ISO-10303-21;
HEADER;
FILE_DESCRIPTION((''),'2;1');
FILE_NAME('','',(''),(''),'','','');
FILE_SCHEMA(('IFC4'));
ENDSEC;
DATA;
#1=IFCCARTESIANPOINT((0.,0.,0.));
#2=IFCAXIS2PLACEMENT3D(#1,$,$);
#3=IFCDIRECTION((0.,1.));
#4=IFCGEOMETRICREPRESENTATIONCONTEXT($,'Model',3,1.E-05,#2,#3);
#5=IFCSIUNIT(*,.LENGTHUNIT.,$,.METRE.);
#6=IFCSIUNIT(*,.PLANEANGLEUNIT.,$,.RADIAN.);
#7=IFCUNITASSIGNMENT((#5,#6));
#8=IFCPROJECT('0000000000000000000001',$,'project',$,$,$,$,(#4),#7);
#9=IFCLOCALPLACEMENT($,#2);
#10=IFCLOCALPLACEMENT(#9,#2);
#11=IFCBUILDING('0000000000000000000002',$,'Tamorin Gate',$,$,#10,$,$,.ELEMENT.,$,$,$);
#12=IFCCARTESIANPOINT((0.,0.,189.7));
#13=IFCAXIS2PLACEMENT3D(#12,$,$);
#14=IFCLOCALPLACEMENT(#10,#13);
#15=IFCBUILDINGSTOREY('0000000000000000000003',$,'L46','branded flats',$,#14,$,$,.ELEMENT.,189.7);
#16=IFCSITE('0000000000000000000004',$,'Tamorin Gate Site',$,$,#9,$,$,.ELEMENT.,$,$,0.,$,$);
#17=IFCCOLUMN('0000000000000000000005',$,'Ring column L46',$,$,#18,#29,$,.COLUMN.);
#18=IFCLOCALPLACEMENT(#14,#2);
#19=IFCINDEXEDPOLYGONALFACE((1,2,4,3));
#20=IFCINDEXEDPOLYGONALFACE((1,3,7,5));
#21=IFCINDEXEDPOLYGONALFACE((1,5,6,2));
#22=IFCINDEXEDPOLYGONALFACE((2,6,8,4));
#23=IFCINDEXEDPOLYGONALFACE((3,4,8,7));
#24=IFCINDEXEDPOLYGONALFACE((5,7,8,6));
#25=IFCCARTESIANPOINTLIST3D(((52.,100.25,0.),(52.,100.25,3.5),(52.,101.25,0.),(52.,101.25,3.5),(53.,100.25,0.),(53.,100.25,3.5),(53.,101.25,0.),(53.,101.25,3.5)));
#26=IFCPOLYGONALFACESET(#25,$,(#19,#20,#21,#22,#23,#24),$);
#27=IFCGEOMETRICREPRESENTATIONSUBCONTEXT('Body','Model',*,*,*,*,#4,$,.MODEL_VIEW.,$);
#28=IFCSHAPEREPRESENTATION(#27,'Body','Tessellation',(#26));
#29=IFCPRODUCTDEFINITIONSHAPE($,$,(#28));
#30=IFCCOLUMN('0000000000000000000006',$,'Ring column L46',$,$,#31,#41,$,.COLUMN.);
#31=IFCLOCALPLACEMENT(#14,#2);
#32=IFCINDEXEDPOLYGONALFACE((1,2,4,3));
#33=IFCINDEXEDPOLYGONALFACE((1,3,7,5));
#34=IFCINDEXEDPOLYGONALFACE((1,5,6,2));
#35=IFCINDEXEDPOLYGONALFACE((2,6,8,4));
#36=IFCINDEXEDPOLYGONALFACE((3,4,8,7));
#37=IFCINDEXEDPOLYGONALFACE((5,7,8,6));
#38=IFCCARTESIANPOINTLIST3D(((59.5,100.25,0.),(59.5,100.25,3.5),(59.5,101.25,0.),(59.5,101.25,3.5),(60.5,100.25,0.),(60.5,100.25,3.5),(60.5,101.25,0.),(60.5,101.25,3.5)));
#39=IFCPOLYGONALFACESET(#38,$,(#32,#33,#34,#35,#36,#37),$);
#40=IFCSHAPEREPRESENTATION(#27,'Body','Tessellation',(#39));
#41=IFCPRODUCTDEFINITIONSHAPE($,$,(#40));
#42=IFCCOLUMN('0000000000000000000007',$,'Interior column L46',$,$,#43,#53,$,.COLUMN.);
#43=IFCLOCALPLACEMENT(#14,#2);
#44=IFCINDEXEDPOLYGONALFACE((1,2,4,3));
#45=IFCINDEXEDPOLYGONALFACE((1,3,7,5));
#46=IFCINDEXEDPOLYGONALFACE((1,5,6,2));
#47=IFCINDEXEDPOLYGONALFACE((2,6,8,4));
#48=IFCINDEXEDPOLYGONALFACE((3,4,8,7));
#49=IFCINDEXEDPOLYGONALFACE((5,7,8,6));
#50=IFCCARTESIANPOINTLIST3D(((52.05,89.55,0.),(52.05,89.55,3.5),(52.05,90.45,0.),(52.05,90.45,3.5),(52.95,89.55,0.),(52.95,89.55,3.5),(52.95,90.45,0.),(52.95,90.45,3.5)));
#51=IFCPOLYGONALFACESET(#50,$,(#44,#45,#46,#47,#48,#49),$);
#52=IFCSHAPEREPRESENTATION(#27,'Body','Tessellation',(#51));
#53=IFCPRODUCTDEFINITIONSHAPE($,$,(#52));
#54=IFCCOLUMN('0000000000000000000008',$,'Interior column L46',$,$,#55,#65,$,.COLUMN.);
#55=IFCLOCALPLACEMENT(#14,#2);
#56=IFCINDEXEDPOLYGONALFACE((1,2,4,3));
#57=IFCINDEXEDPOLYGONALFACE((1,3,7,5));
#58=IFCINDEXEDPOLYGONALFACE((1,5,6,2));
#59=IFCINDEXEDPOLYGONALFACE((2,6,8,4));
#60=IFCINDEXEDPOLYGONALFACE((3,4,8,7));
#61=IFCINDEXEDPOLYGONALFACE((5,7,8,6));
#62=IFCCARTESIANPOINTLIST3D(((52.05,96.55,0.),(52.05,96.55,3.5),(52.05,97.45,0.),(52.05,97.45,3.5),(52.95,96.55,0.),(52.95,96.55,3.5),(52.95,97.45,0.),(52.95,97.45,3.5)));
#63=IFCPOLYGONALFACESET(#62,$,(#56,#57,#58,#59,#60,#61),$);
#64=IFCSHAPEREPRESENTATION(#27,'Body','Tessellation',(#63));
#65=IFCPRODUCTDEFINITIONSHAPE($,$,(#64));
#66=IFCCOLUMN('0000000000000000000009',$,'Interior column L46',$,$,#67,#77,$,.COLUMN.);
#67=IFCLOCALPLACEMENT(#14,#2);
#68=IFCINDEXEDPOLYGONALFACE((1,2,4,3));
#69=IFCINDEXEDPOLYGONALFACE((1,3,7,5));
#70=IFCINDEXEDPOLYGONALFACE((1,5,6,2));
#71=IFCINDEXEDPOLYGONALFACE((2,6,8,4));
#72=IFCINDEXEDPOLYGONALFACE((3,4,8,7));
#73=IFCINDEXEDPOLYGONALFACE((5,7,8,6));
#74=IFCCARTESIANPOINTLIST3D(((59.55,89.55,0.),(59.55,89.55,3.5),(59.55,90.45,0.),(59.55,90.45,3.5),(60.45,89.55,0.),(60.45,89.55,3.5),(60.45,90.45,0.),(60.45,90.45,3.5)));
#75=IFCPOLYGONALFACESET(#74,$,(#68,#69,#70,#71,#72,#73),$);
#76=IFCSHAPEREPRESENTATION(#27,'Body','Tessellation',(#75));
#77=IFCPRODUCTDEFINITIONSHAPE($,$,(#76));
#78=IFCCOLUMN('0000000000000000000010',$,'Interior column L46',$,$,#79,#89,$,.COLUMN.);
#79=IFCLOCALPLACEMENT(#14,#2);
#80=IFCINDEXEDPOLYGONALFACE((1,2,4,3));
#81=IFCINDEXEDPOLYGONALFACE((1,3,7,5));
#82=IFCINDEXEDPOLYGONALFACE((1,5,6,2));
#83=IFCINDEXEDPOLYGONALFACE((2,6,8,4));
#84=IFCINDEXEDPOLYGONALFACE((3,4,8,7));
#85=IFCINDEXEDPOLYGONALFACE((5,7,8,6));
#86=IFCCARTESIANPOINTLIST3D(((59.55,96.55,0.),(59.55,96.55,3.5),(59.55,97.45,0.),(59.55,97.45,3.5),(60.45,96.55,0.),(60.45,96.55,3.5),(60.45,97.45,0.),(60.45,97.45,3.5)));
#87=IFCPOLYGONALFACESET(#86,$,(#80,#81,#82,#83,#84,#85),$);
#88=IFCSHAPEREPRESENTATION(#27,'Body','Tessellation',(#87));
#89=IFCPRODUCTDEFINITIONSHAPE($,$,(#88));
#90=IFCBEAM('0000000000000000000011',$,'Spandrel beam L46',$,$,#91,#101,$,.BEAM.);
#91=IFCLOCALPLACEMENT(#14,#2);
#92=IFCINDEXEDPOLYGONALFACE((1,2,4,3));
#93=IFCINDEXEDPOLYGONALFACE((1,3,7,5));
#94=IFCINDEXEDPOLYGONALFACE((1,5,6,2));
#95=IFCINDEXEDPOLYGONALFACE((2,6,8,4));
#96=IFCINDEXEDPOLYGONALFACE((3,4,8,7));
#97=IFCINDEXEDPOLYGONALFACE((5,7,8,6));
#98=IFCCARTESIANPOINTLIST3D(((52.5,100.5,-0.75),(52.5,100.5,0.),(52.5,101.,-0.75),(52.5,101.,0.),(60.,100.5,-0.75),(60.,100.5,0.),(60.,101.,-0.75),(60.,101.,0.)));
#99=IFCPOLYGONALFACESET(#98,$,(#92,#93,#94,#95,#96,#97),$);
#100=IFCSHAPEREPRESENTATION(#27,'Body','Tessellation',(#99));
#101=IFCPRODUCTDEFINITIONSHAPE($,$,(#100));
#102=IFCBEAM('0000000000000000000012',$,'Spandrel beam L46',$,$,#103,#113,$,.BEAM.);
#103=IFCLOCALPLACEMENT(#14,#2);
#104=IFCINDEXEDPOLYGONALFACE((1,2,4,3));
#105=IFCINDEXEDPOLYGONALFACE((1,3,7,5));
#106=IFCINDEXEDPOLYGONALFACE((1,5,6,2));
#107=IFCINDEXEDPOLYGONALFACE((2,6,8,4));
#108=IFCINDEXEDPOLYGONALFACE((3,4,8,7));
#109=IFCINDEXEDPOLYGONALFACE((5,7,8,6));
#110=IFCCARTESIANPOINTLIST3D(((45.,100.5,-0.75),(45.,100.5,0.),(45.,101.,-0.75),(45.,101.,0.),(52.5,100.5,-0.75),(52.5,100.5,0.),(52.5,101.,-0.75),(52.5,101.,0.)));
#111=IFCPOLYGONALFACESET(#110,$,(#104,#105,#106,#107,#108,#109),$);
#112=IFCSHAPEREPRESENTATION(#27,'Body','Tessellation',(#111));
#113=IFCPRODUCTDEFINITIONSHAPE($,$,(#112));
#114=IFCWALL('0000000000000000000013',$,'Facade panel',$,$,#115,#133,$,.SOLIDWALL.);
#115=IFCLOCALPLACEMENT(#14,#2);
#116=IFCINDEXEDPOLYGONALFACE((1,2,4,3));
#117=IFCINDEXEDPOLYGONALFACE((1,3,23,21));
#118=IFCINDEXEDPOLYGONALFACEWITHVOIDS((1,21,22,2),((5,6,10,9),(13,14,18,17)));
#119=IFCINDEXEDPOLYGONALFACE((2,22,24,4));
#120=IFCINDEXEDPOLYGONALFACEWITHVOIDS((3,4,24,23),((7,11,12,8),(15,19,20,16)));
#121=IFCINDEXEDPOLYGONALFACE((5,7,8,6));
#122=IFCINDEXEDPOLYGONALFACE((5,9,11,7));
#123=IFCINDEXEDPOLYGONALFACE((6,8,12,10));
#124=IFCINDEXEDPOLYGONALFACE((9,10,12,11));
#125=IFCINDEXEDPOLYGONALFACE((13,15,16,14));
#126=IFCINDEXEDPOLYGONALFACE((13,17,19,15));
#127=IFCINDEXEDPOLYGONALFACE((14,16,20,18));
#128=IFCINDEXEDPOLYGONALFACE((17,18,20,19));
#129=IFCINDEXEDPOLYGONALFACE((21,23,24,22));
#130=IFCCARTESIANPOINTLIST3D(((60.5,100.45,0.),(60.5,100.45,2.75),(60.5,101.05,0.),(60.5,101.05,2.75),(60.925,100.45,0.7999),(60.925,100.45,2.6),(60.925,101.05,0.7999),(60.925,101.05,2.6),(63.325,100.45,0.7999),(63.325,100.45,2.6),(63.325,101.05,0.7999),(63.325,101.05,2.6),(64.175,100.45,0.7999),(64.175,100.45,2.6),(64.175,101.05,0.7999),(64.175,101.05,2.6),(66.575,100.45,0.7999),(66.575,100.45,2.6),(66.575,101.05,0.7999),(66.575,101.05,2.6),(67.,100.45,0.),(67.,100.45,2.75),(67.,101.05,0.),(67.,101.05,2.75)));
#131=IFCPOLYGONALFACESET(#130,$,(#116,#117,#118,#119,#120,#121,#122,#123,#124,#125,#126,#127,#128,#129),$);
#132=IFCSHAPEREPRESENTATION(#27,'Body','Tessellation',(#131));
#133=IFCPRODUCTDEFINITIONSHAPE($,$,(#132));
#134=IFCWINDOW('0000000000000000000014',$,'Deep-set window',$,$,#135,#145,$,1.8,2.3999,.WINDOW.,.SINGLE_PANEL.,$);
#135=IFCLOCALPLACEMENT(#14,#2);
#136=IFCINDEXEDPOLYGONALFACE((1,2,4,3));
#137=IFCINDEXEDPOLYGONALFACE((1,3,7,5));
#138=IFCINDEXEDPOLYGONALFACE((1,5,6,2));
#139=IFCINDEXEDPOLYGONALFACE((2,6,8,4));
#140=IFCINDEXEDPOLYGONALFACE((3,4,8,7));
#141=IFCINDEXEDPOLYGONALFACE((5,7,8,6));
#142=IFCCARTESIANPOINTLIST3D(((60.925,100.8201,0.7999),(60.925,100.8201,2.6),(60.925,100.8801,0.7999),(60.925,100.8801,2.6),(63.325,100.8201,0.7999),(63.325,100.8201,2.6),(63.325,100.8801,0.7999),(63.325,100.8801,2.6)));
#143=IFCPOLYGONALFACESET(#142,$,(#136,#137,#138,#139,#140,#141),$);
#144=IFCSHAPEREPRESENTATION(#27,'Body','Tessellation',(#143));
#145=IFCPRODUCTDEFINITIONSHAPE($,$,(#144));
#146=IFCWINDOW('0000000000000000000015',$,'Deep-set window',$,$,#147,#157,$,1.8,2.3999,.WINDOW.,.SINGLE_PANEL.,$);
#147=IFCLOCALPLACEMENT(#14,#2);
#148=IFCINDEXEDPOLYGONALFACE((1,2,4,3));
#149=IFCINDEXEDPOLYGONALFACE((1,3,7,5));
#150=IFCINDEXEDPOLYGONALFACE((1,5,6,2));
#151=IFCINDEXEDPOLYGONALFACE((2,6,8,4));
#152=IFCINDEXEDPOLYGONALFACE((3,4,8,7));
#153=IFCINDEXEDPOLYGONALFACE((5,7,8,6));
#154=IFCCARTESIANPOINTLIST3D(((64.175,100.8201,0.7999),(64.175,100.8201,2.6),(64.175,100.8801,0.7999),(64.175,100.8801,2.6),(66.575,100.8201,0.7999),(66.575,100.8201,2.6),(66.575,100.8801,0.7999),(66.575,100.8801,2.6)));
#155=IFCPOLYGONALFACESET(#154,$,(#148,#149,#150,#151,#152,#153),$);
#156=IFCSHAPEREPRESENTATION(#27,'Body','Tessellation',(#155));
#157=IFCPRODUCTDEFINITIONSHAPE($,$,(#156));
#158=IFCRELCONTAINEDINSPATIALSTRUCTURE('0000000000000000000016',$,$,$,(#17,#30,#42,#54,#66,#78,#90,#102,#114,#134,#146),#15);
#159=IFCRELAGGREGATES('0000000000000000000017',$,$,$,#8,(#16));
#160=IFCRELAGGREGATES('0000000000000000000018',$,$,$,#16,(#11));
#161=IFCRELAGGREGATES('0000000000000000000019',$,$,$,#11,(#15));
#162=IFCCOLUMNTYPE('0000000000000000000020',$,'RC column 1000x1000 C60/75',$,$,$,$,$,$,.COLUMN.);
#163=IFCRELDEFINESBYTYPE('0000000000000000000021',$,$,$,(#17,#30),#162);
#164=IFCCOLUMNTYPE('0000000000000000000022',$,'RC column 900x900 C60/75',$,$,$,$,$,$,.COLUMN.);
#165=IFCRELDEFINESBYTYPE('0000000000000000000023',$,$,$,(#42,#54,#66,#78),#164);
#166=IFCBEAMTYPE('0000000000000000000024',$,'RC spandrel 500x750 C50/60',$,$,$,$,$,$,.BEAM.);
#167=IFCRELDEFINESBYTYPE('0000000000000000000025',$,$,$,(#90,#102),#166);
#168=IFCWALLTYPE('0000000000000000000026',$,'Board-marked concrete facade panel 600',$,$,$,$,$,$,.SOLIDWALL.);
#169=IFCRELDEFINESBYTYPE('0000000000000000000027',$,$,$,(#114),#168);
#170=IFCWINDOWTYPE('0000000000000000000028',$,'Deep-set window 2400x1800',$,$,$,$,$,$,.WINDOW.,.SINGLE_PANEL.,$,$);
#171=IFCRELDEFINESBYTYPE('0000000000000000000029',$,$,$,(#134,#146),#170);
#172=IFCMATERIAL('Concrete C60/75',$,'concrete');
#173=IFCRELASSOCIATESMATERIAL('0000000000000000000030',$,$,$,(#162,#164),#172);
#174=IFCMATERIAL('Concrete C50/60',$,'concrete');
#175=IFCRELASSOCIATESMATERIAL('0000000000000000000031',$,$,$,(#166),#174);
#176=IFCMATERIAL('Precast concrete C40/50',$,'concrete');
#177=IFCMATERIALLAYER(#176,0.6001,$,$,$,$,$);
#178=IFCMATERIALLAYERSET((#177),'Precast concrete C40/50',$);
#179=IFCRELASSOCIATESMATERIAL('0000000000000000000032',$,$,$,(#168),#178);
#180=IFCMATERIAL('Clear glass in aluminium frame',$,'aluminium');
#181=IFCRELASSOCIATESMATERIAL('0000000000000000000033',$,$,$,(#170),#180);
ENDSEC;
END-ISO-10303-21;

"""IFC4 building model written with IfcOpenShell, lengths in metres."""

from ifc_helpers import new_model, si_unit, direction, frame, frame_2d, origin, origin_2d, place, context, subcontext, project, spatial, rectangle, extrude, material, layer, layer_set, material_profile, profile_set, type_object, element, fill, save


model = new_model("IFC4")

# Units and contexts
model_context = context("Model", 3, precision=1e-05, world=origin(), true_north=direction((0.0, 1.0)))
body_context = subcontext(model_context, "Body", "Model", "MODEL_VIEW")
ifc_project = project(units=[si_unit("LENGTHUNIT", "METRE"), si_unit("PLANEANGLEUNIT", "RADIAN")], contexts=[model_context])

# Site, building, storey
site_placement = place(None, origin())
site = spatial("IfcSite", under=ifc_project, at=site_placement, Name="Tamorin Gate Site", CompositionType="ELEMENT", RefElevation=0.0)
building_placement = place(site_placement, origin())
building = spatial("IfcBuilding", under=site, at=building_placement, Name="Tamorin Gate", CompositionType="ELEMENT")
storey_placement = place(building_placement, frame((0.0, 0.0, 189.7)))
storey = spatial("IfcBuildingStorey", under=building, at=storey_placement, Name="L46", Description="branded flats", CompositionType="ELEMENT", Elevation=189.7)

# Columns
ifc_material_1 = material(Name="Concrete C60/75", Category="concrete")
ifc_material_profile_1 = material_profile(ifc_material_1, rectangle(XDim=1.0, YDim=1.0, at=origin_2d()), Name="RC 1000x1000")
ifc_profile_set_1 = profile_set([ifc_material_profile_1], Name="Concrete C60/75")
column_type_1 = type_object("IfcColumnType", Name="RC column 1000x1000 C60/75", PredefinedType="COLUMN", material=ifc_profile_set_1)
for number, where, z_axis, x_axis, name in (
    (1, (52.5, 100.75, 0.0), (0.0, 0.0, 1.0), (1.0, 0.0, 0.0), "Ring column L46"),
    (2, (60.0, 100.75, 0.0), (0.0, 0.0, 1.0), (1.0, 0.0, 0.0), "Ring column L46"),
):
    element("IfcColumn", number, at=place(storey_placement, frame(where, z_axis=z_axis, x_axis=x_axis)), inside=storey, type_object=column_type_1, Name=name, PredefinedType="COLUMN", context=body_context, shape_type="SweptSolid", body=[
        extrude(rectangle(XDim=1.0, YDim=1.0, at=origin_2d()), origin(), (0.0, 0.0, 1.0), 3.5),
    ])
ifc_material_profile_2 = material_profile(ifc_material_1, rectangle(XDim=0.8999, YDim=0.8999, at=origin_2d()), Name="RC 900x900")
ifc_profile_set_2 = profile_set([ifc_material_profile_2], Name="Concrete C60/75")
column_type_2 = type_object("IfcColumnType", Name="RC column 900x900 C60/75", PredefinedType="COLUMN", material=ifc_profile_set_2)
for number, where, z_axis, x_axis, name in (
    (3, (52.5, 90.0, 0.0), (0.0, 0.0, 1.0), (1.0, 0.0, 0.0), "Interior column L46"),
    (4, (52.5, 97.0, 0.0), (0.0, 0.0, 1.0), (1.0, 0.0, 0.0), "Interior column L46"),
    (5, (60.0, 90.0, 0.0), (0.0, 0.0, 1.0), (1.0, 0.0, 0.0), "Interior column L46"),
    (6, (60.0, 97.0, 0.0), (0.0, 0.0, 1.0), (1.0, 0.0, 0.0), "Interior column L46"),
):
    element("IfcColumn", number, at=place(storey_placement, frame(where, z_axis=z_axis, x_axis=x_axis)), inside=storey, type_object=column_type_2, Name=name, PredefinedType="COLUMN", context=body_context, shape_type="SweptSolid", body=[
        extrude(rectangle(XDim=0.8999, YDim=0.8999, at=origin_2d()), origin(), (0.0, 0.0, 1.0), 3.5),
    ])

# Beams
ifc_material_2 = material(Name="Concrete C50/60", Category="concrete")
ifc_material_profile_3 = material_profile(ifc_material_2, rectangle(XDim=0.5, YDim=0.75, at=origin_2d()), Name="RC 500x750")
ifc_profile_set_3 = profile_set([ifc_material_profile_3], Name="Concrete C50/60")
beam_type = type_object("IfcBeamType", Name="RC spandrel 500x750 C50/60", PredefinedType="BEAM", material=ifc_profile_set_3)
for number, where, z_axis, x_axis, name in (
    (7, (60.0, 100.75, -0.375), (-1.0, 0.0, 0.0), (0.0, -1.0, 0.0), "Spandrel beam L46"),
    (8, (52.5, 100.75, -0.375), (-1.0, 0.0, 0.0), (0.0, -1.0, 0.0), "Spandrel beam L46"),
):
    element("IfcBeam", number, at=place(storey_placement, frame(where, z_axis=z_axis, x_axis=x_axis)), inside=storey, type_object=beam_type, Name=name, PredefinedType="BEAM", context=body_context, shape_type="SweptSolid", body=[
        extrude(rectangle(XDim=0.5, YDim=0.75, at=origin_2d()), origin(), (0.0, 0.0, 1.0), 7.5),
    ])

# Wall, openings, windows
ifc_material_3 = material(Name="Precast concrete C40/50", Category="concrete")
ifc_layer_1 = layer(ifc_material_3, 0.6001)
ifc_layer_set_1 = layer_set([ifc_layer_1], Name="Precast concrete C40/50")
wall_type_1 = type_object("IfcWallType", Name="Board-marked concrete facade panel 600", PredefinedType="SOLIDWALL", material=ifc_layer_set_1)
wall_1_placement = place(storey_placement, frame((67.0, 100.75, 0.0), z_axis=(0.0, 0.0, 1.0), x_axis=(-1.0, 0.0, 0.0)))
wall_1 = element("IfcWall", 9, at=wall_1_placement, inside=storey, type_object=wall_type_1, Name="Facade panel", PredefinedType="SOLIDWALL", context=body_context, shape_type="SweptSolid", body=[
    extrude(rectangle(XDim=6.5, YDim=0.6001, at=frame_2d((3.25, 0.0))), origin(), (0.0, 0.0, 1.0), 2.75),
])
opening_1_placement = place(wall_1_placement, frame((3.675, 0.0, 0.8)))
opening_1 = element("IfcOpeningElement", 10, at=opening_1_placement, cuts=wall_1, PredefinedType="OPENING", context=body_context, shape_type="SweptSolid", body=[
    extrude(rectangle(XDim=2.3999, YDim=1.8, at=frame_2d((1.2, 0.8999))), frame((0.0, 0.3101, 0.0), z_axis=(0.0, -1.0, 0.0), x_axis=(1.0, 0.0, 0.0)), (0.0, 0.0, 1.0), 0.6201),
])
opening_2_placement = place(wall_1_placement, frame((0.425, 0.0, 0.8)))
opening_2 = element("IfcOpeningElement", 11, at=opening_2_placement, cuts=wall_1, PredefinedType="OPENING", context=body_context, shape_type="SweptSolid", body=[
    extrude(rectangle(XDim=2.3999, YDim=1.8, at=frame_2d((1.2, 0.8999))), frame((0.0, 0.3101, 0.0), z_axis=(0.0, -1.0, 0.0), x_axis=(1.0, 0.0, 0.0)), (0.0, 0.0, 1.0), 0.6201),
])
ifc_material_4 = material(Name="Clear glass in aluminium frame", Category="aluminium")
window_type = type_object("IfcWindowType", Name="Deep-set window 2400x1800", PartitioningType="SINGLE_PANEL", PredefinedType="WINDOW", material=ifc_material_4)
window_1_placement = place(opening_1_placement, origin())
window_1 = element("IfcWindow", 12, at=window_1_placement, inside=storey, type_object=window_type, Name="Deep-set window", OverallHeight=1.8, OverallWidth=2.3999, PartitioningType="SINGLE_PANEL", PredefinedType="WINDOW", context=body_context, shape_type="SweptSolid", body=[
    extrude(rectangle(XDim=2.3999, YDim=1.8, at=frame_2d((1.2, 0.8999))), frame((0.0, -0.0701, 0.0), z_axis=(0.0, -1.0, 0.0), x_axis=(1.0, 0.0, 0.0)), (0.0, 0.0, 1.0), 0.0601),
])
fill(opening_1, window_1)
window_2_placement = place(opening_2_placement, origin())
window_2 = element("IfcWindow", 13, at=window_2_placement, inside=storey, type_object=window_type, Name="Deep-set window", OverallHeight=1.8, OverallWidth=2.3999, PartitioningType="SINGLE_PANEL", PredefinedType="WINDOW", context=body_context, shape_type="SweptSolid", body=[
    extrude(rectangle(XDim=2.3999, YDim=1.8, at=frame_2d((1.2, 0.8999))), frame((0.0, -0.0701, 0.0), z_axis=(0.0, -1.0, 0.0), x_axis=(1.0, 0.0, 0.0)), (0.0, 0.0, 1.0), 0.0601),
])
fill(opening_2, window_2)

save(model, "model.ifc")
